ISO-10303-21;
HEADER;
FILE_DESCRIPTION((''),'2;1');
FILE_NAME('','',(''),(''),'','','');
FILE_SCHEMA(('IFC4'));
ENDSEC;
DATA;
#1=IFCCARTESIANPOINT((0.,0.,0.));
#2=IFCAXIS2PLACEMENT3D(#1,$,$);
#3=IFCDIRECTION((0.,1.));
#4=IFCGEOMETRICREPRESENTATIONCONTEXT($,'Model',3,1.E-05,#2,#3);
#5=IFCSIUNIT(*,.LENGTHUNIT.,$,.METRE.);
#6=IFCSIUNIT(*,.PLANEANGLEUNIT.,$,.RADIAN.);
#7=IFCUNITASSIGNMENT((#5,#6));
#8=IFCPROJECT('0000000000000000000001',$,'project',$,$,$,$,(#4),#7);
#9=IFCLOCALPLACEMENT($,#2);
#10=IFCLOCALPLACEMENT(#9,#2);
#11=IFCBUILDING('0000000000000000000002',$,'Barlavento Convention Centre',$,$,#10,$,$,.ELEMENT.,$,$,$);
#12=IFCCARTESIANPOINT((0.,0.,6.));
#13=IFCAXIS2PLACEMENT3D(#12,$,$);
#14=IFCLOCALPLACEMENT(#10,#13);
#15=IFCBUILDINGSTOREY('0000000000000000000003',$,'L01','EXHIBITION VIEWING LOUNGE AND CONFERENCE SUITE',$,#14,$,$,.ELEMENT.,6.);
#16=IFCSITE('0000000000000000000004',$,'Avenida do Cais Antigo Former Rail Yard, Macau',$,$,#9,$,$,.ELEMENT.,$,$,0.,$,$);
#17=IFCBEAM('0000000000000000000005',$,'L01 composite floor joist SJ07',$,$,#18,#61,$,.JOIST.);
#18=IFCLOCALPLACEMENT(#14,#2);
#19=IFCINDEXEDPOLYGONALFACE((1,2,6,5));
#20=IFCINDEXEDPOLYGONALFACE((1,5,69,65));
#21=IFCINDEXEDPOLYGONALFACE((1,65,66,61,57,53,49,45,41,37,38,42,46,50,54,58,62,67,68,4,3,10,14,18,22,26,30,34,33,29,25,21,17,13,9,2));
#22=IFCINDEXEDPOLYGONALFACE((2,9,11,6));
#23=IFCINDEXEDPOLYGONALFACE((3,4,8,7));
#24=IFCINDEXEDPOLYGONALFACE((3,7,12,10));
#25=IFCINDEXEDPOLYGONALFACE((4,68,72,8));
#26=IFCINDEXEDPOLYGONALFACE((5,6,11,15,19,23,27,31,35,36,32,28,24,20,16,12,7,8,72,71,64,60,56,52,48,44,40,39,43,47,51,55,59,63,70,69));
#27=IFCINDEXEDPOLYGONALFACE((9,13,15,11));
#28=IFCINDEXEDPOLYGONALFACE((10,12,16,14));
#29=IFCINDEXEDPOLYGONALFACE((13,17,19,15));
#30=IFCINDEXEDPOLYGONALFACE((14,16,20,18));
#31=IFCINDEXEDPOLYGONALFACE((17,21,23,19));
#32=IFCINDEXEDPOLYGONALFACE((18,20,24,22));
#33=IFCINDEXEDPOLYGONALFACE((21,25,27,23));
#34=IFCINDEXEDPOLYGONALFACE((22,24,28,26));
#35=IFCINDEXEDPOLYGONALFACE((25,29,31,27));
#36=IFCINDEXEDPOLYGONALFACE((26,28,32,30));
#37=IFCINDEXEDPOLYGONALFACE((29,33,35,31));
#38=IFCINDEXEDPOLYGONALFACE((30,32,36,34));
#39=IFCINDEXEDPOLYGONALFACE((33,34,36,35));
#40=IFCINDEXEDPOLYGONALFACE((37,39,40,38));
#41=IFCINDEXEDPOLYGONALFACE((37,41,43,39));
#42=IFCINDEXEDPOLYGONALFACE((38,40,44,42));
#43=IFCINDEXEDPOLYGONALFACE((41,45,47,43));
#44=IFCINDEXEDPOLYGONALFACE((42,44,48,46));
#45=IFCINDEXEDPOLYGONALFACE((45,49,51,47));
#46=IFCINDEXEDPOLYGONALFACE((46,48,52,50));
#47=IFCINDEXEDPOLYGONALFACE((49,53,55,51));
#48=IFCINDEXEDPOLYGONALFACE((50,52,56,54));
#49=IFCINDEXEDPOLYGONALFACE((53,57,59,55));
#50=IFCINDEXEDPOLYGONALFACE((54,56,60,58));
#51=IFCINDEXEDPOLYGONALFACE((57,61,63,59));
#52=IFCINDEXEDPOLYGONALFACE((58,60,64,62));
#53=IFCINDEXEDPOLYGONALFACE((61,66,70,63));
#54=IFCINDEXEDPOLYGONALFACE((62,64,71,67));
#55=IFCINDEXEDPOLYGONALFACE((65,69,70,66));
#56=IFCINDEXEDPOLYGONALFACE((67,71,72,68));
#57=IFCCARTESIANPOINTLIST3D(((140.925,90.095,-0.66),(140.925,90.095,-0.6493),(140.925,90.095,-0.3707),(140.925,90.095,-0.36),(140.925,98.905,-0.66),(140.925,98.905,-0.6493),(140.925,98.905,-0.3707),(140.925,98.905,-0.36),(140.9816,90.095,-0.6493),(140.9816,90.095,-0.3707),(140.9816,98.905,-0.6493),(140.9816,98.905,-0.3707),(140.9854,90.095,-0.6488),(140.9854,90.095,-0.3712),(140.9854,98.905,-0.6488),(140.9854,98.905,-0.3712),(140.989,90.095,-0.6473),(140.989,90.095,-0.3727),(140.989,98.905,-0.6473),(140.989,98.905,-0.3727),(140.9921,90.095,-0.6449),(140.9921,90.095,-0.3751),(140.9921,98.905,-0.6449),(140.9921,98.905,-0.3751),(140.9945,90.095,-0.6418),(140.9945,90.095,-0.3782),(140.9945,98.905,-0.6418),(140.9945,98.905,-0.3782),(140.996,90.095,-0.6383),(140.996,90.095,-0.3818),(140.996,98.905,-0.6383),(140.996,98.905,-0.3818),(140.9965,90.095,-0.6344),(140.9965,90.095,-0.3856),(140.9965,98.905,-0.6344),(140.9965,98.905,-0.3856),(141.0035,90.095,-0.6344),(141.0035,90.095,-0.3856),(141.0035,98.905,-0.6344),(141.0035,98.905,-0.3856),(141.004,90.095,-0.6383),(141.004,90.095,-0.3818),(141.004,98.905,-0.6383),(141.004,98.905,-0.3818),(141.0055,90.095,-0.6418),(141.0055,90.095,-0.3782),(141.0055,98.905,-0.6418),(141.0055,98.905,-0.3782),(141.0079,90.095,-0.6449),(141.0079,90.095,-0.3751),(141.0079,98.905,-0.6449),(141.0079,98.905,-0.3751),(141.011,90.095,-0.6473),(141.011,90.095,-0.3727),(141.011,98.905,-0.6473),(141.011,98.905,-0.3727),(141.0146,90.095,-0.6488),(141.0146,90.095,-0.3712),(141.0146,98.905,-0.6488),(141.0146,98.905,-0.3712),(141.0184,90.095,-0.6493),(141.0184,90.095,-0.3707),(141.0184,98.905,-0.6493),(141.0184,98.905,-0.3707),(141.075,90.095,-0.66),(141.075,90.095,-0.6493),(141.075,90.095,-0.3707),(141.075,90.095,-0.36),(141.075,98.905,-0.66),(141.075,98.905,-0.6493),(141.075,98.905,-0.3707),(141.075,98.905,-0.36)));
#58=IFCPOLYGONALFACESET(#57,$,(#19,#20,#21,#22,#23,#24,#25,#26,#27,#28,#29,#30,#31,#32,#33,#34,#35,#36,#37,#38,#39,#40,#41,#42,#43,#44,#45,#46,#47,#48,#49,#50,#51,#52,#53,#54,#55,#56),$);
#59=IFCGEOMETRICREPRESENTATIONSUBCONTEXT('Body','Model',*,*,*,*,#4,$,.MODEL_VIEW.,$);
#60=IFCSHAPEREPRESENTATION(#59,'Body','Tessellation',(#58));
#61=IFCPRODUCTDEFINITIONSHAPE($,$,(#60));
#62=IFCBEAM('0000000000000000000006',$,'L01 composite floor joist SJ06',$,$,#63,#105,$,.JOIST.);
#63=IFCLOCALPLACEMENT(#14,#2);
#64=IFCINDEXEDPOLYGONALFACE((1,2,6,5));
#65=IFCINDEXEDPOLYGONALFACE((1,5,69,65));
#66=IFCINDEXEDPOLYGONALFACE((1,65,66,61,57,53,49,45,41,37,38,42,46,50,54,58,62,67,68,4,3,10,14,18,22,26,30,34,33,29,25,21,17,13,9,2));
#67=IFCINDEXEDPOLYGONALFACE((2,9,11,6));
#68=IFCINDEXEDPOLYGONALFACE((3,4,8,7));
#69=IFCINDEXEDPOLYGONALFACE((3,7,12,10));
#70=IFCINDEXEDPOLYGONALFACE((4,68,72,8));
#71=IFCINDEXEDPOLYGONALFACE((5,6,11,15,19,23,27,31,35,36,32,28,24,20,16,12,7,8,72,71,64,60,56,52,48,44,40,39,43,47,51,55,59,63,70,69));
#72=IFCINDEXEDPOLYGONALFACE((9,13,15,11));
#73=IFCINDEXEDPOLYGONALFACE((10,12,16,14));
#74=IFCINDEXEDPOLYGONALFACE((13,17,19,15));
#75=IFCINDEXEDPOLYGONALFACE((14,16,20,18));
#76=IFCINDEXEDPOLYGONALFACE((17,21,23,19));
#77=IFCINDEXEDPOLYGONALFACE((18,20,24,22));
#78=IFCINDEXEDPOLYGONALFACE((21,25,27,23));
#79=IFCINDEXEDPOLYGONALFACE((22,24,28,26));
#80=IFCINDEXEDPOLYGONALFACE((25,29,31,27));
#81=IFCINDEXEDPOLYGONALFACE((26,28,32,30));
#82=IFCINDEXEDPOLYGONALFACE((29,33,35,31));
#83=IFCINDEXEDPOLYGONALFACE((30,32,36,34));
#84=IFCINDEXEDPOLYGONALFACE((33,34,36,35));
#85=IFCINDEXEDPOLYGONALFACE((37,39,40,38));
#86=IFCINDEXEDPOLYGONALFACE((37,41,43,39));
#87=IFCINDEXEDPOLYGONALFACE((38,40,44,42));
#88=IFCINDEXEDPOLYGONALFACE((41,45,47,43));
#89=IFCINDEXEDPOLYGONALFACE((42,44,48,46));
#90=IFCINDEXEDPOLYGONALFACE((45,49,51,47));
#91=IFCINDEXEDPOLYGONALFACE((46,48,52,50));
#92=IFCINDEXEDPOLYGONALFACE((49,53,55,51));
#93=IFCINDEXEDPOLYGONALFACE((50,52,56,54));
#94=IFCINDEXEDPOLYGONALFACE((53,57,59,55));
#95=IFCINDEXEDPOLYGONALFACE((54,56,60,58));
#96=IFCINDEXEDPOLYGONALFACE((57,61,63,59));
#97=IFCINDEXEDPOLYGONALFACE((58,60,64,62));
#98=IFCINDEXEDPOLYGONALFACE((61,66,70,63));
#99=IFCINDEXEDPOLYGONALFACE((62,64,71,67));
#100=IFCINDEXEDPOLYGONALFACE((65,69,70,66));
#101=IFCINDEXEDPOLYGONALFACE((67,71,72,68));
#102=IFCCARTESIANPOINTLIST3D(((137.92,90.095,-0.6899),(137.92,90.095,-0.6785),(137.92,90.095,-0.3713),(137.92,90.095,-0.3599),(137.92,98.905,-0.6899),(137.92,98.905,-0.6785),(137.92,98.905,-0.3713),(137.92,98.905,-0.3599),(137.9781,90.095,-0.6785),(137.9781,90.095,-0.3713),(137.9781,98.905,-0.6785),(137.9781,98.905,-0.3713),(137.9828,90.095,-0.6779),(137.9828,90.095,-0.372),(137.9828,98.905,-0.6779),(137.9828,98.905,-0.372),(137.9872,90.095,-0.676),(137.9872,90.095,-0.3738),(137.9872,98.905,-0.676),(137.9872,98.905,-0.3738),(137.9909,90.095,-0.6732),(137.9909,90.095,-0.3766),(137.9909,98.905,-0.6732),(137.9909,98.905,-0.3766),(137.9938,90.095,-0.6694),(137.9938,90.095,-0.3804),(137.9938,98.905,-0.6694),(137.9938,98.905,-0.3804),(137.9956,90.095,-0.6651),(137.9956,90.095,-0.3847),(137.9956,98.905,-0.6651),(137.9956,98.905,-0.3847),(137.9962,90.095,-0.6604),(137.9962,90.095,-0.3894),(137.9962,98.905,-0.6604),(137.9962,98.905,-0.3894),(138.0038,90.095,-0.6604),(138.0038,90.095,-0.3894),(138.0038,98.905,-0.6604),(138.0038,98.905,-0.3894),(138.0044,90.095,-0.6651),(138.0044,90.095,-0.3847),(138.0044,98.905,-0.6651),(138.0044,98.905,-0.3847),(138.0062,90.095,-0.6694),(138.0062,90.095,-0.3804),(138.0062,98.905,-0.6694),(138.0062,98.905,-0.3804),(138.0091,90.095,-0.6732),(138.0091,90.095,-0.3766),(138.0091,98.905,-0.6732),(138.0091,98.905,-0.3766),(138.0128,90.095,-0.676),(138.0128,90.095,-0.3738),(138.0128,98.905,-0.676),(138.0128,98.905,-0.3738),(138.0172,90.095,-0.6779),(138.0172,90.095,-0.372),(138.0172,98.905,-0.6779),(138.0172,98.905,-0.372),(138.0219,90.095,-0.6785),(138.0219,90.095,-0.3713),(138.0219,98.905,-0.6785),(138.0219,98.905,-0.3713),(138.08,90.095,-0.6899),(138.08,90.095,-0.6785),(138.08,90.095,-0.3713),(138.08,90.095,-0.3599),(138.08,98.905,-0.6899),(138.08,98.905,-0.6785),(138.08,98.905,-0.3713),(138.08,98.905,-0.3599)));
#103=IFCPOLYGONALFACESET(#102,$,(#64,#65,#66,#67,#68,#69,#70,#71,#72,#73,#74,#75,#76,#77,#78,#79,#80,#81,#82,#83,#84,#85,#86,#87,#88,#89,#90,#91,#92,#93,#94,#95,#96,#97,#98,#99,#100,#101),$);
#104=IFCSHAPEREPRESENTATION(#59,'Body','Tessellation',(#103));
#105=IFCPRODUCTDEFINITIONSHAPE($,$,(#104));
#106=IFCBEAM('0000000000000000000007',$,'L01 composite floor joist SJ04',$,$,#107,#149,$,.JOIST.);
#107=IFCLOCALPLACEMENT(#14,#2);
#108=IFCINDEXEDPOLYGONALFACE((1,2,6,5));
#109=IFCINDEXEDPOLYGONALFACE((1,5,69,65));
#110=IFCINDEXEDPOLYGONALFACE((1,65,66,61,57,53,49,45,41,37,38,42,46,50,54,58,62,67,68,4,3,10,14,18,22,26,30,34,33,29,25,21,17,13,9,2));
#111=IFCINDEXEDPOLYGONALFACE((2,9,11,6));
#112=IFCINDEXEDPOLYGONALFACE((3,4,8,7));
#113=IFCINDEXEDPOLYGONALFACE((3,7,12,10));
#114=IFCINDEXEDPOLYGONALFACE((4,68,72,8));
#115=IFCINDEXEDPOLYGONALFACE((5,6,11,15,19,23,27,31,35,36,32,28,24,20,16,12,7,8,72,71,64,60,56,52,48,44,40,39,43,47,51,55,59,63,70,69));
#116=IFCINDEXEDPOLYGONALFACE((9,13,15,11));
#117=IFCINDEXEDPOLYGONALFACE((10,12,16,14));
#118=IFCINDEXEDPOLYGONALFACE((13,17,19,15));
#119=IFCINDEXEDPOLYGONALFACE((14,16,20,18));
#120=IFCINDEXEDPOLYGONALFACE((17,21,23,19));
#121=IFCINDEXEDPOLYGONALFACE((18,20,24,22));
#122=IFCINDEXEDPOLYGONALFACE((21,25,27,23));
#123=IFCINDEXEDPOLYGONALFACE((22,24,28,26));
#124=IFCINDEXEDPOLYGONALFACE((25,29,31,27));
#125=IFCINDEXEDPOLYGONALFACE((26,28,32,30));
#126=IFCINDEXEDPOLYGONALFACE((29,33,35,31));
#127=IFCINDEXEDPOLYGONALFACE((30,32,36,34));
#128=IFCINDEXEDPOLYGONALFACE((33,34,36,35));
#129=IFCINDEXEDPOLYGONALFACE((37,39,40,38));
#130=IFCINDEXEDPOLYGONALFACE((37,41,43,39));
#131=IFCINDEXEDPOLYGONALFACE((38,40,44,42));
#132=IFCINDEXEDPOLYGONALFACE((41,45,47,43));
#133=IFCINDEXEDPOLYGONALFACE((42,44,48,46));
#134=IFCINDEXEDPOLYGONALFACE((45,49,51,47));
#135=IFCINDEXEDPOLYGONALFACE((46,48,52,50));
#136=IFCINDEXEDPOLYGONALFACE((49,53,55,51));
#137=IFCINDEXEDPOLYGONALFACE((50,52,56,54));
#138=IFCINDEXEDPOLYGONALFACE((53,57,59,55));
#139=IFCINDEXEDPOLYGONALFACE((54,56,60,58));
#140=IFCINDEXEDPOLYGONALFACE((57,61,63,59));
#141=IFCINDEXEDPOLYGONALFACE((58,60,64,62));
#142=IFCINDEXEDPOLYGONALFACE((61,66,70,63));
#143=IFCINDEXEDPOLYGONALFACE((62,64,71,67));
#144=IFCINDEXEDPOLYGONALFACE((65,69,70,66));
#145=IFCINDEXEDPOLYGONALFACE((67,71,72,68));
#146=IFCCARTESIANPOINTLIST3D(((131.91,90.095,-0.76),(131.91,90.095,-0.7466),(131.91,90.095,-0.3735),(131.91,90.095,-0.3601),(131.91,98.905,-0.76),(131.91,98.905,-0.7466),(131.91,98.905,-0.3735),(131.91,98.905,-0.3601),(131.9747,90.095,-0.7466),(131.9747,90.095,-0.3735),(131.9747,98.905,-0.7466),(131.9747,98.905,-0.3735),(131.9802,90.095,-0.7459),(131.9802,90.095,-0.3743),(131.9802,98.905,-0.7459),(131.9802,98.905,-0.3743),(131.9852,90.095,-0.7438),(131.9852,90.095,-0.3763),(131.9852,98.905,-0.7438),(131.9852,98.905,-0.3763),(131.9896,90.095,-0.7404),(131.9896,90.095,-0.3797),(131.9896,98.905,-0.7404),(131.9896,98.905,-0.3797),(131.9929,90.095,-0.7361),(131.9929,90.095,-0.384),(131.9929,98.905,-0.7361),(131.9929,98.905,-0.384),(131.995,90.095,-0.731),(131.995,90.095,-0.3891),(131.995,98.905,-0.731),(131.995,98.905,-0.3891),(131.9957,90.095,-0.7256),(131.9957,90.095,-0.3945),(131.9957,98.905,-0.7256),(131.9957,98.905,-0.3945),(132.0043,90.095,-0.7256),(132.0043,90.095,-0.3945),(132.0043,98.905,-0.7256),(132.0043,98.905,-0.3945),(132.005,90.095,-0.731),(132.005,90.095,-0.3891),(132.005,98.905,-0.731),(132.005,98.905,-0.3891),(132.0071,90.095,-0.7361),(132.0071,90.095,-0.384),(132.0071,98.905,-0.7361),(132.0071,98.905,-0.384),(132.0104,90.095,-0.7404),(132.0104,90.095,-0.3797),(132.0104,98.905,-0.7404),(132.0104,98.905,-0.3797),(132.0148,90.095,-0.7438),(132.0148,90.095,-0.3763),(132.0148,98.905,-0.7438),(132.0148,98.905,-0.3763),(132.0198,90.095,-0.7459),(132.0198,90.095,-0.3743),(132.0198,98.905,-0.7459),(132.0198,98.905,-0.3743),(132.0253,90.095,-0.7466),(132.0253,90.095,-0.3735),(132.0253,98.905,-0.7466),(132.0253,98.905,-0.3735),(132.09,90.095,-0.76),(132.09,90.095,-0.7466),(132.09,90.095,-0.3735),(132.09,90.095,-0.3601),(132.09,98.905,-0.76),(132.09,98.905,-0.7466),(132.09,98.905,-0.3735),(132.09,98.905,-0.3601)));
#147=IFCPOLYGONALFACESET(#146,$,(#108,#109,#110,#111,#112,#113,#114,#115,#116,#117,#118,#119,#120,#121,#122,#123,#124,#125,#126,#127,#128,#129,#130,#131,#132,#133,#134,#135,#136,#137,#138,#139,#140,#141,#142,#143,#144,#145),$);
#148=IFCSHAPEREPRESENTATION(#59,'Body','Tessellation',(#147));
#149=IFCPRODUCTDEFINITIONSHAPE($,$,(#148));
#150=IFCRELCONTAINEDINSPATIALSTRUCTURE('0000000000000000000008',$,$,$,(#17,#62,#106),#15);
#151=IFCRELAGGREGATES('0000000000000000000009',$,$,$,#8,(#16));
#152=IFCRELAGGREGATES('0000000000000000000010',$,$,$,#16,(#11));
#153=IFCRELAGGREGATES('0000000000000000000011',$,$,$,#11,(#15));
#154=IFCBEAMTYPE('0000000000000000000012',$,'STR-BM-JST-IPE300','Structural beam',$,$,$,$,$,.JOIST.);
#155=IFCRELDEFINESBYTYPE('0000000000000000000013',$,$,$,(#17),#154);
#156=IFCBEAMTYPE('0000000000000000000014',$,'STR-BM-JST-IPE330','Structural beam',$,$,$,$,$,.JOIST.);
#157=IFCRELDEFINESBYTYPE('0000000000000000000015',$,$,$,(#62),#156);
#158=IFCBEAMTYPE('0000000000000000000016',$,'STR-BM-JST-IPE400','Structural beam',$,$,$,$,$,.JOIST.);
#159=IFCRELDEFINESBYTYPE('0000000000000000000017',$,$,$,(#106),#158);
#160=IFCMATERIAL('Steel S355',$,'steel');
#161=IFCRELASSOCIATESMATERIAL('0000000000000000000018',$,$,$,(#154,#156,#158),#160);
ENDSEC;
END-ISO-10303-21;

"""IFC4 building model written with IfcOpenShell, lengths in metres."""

from ifc_helpers import new_model, si_unit, direction, frame, origin, origin_2d, place, context, subcontext, project, spatial, i_section, extrude, material, material_profile, profile_set, type_object, element, save


model = new_model("IFC4")

# Units and contexts
model_context = context("Model", 3, precision=1e-05, world=origin(), true_north=direction((0.0, 1.0)))
body_context = subcontext(model_context, "Body", "Model", "MODEL_VIEW")
ifc_project = project(units=[si_unit("LENGTHUNIT", "METRE"), si_unit("PLANEANGLEUNIT", "RADIAN")], contexts=[model_context])

# Site, building, storey
site_placement = place(None, origin())
site = spatial("IfcSite", under=ifc_project, at=site_placement, Name="Avenida do Cais Antigo Former Rail Yard, Macau", CompositionType="ELEMENT", RefElevation=0.0)
building_placement = place(site_placement, origin())
building = spatial("IfcBuilding", under=site, at=building_placement, Name="Barlavento Convention Centre", CompositionType="ELEMENT")
storey_placement = place(building_placement, frame((0.0, 0.0, 6.0)))
storey = spatial("IfcBuildingStorey", under=building, at=storey_placement, Name="L01", Description="EXHIBITION VIEWING LOUNGE AND CONFERENCE SUITE", CompositionType="ELEMENT", Elevation=6.0)

# Beams
ifc_material_1 = material(Name="Steel S355", Category="steel")
ifc_material_profile_1 = material_profile(ifc_material_1, i_section(OverallWidth=0.1499, OverallDepth=0.3, WebThickness=0.0071, FlangeThickness=0.0107, FilletRadius=0.0149, at=origin_2d()), Name="IPE 300")
ifc_profile_set_1 = profile_set([ifc_material_profile_1], Name="Steel S355")
beam_type_1 = type_object("IfcBeamType", Name="STR-BM-JST-IPE300", Description="Structural beam", PredefinedType="JOIST", material=ifc_profile_set_1)
beam_1_placement = place(storey_placement, frame((141.0, 90.095, -0.51), z_axis=(0.0, 1.0, 0.0), x_axis=(-1.0, 0.0, 0.0)))
element("IfcBeam", 1, at=beam_1_placement, inside=storey, type_object=beam_type_1, Name="L01 composite floor joist SJ07", PredefinedType="JOIST", context=body_context, shape_type="SweptSolid", body=[
    extrude(i_section(OverallWidth=0.1499, OverallDepth=0.3, WebThickness=0.0071, FlangeThickness=0.0107, FilletRadius=0.0149, at=origin_2d()), origin(), (0.0, 0.0, 1.0), 8.8101),
])
ifc_material_profile_2 = material_profile(ifc_material_1, i_section(OverallWidth=0.1599, OverallDepth=0.3301, WebThickness=0.0076, FlangeThickness=0.0115, FilletRadius=0.0181, at=origin_2d()), Name="IPE 330")
ifc_profile_set_2 = profile_set([ifc_material_profile_2], Name="Steel S355")
beam_type_2 = type_object("IfcBeamType", Name="STR-BM-JST-IPE330", Description="Structural beam", PredefinedType="JOIST", material=ifc_profile_set_2)
beam_2_placement = place(storey_placement, frame((138.0, 90.095, -0.5249), z_axis=(0.0, 1.0, 0.0), x_axis=(-1.0, 0.0, 0.0)))
element("IfcBeam", 2, at=beam_2_placement, inside=storey, type_object=beam_type_2, Name="L01 composite floor joist SJ06", PredefinedType="JOIST", context=body_context, shape_type="SweptSolid", body=[
    extrude(i_section(OverallWidth=0.1599, OverallDepth=0.3301, WebThickness=0.0076, FlangeThickness=0.0115, FilletRadius=0.0181, at=origin_2d()), origin(), (0.0, 0.0, 1.0), 8.8101),
])
ifc_material_profile_3 = material_profile(ifc_material_1, i_section(OverallWidth=0.1799, OverallDepth=0.3999, WebThickness=0.0085, FlangeThickness=0.0134, FilletRadius=0.021, at=origin_2d()), Name="IPE 400")
ifc_profile_set_3 = profile_set([ifc_material_profile_3], Name="Steel S355")
beam_type_3 = type_object("IfcBeamType", Name="STR-BM-JST-IPE400", Description="Structural beam", PredefinedType="JOIST", material=ifc_profile_set_3)
beam_3_placement = place(storey_placement, frame((132.0, 90.095, -0.5601), z_axis=(0.0, 1.0, 0.0), x_axis=(-1.0, 0.0, 0.0)))
element("IfcBeam", 3, at=beam_3_placement, inside=storey, type_object=beam_type_3, Name="L01 composite floor joist SJ04", PredefinedType="JOIST", context=body_context, shape_type="SweptSolid", body=[
    extrude(i_section(OverallWidth=0.1799, OverallDepth=0.3999, WebThickness=0.0085, FlangeThickness=0.0134, FilletRadius=0.021, at=origin_2d()), origin(), (0.0, 0.0, 1.0), 8.8101),
])

save(model, "model.ifc")
